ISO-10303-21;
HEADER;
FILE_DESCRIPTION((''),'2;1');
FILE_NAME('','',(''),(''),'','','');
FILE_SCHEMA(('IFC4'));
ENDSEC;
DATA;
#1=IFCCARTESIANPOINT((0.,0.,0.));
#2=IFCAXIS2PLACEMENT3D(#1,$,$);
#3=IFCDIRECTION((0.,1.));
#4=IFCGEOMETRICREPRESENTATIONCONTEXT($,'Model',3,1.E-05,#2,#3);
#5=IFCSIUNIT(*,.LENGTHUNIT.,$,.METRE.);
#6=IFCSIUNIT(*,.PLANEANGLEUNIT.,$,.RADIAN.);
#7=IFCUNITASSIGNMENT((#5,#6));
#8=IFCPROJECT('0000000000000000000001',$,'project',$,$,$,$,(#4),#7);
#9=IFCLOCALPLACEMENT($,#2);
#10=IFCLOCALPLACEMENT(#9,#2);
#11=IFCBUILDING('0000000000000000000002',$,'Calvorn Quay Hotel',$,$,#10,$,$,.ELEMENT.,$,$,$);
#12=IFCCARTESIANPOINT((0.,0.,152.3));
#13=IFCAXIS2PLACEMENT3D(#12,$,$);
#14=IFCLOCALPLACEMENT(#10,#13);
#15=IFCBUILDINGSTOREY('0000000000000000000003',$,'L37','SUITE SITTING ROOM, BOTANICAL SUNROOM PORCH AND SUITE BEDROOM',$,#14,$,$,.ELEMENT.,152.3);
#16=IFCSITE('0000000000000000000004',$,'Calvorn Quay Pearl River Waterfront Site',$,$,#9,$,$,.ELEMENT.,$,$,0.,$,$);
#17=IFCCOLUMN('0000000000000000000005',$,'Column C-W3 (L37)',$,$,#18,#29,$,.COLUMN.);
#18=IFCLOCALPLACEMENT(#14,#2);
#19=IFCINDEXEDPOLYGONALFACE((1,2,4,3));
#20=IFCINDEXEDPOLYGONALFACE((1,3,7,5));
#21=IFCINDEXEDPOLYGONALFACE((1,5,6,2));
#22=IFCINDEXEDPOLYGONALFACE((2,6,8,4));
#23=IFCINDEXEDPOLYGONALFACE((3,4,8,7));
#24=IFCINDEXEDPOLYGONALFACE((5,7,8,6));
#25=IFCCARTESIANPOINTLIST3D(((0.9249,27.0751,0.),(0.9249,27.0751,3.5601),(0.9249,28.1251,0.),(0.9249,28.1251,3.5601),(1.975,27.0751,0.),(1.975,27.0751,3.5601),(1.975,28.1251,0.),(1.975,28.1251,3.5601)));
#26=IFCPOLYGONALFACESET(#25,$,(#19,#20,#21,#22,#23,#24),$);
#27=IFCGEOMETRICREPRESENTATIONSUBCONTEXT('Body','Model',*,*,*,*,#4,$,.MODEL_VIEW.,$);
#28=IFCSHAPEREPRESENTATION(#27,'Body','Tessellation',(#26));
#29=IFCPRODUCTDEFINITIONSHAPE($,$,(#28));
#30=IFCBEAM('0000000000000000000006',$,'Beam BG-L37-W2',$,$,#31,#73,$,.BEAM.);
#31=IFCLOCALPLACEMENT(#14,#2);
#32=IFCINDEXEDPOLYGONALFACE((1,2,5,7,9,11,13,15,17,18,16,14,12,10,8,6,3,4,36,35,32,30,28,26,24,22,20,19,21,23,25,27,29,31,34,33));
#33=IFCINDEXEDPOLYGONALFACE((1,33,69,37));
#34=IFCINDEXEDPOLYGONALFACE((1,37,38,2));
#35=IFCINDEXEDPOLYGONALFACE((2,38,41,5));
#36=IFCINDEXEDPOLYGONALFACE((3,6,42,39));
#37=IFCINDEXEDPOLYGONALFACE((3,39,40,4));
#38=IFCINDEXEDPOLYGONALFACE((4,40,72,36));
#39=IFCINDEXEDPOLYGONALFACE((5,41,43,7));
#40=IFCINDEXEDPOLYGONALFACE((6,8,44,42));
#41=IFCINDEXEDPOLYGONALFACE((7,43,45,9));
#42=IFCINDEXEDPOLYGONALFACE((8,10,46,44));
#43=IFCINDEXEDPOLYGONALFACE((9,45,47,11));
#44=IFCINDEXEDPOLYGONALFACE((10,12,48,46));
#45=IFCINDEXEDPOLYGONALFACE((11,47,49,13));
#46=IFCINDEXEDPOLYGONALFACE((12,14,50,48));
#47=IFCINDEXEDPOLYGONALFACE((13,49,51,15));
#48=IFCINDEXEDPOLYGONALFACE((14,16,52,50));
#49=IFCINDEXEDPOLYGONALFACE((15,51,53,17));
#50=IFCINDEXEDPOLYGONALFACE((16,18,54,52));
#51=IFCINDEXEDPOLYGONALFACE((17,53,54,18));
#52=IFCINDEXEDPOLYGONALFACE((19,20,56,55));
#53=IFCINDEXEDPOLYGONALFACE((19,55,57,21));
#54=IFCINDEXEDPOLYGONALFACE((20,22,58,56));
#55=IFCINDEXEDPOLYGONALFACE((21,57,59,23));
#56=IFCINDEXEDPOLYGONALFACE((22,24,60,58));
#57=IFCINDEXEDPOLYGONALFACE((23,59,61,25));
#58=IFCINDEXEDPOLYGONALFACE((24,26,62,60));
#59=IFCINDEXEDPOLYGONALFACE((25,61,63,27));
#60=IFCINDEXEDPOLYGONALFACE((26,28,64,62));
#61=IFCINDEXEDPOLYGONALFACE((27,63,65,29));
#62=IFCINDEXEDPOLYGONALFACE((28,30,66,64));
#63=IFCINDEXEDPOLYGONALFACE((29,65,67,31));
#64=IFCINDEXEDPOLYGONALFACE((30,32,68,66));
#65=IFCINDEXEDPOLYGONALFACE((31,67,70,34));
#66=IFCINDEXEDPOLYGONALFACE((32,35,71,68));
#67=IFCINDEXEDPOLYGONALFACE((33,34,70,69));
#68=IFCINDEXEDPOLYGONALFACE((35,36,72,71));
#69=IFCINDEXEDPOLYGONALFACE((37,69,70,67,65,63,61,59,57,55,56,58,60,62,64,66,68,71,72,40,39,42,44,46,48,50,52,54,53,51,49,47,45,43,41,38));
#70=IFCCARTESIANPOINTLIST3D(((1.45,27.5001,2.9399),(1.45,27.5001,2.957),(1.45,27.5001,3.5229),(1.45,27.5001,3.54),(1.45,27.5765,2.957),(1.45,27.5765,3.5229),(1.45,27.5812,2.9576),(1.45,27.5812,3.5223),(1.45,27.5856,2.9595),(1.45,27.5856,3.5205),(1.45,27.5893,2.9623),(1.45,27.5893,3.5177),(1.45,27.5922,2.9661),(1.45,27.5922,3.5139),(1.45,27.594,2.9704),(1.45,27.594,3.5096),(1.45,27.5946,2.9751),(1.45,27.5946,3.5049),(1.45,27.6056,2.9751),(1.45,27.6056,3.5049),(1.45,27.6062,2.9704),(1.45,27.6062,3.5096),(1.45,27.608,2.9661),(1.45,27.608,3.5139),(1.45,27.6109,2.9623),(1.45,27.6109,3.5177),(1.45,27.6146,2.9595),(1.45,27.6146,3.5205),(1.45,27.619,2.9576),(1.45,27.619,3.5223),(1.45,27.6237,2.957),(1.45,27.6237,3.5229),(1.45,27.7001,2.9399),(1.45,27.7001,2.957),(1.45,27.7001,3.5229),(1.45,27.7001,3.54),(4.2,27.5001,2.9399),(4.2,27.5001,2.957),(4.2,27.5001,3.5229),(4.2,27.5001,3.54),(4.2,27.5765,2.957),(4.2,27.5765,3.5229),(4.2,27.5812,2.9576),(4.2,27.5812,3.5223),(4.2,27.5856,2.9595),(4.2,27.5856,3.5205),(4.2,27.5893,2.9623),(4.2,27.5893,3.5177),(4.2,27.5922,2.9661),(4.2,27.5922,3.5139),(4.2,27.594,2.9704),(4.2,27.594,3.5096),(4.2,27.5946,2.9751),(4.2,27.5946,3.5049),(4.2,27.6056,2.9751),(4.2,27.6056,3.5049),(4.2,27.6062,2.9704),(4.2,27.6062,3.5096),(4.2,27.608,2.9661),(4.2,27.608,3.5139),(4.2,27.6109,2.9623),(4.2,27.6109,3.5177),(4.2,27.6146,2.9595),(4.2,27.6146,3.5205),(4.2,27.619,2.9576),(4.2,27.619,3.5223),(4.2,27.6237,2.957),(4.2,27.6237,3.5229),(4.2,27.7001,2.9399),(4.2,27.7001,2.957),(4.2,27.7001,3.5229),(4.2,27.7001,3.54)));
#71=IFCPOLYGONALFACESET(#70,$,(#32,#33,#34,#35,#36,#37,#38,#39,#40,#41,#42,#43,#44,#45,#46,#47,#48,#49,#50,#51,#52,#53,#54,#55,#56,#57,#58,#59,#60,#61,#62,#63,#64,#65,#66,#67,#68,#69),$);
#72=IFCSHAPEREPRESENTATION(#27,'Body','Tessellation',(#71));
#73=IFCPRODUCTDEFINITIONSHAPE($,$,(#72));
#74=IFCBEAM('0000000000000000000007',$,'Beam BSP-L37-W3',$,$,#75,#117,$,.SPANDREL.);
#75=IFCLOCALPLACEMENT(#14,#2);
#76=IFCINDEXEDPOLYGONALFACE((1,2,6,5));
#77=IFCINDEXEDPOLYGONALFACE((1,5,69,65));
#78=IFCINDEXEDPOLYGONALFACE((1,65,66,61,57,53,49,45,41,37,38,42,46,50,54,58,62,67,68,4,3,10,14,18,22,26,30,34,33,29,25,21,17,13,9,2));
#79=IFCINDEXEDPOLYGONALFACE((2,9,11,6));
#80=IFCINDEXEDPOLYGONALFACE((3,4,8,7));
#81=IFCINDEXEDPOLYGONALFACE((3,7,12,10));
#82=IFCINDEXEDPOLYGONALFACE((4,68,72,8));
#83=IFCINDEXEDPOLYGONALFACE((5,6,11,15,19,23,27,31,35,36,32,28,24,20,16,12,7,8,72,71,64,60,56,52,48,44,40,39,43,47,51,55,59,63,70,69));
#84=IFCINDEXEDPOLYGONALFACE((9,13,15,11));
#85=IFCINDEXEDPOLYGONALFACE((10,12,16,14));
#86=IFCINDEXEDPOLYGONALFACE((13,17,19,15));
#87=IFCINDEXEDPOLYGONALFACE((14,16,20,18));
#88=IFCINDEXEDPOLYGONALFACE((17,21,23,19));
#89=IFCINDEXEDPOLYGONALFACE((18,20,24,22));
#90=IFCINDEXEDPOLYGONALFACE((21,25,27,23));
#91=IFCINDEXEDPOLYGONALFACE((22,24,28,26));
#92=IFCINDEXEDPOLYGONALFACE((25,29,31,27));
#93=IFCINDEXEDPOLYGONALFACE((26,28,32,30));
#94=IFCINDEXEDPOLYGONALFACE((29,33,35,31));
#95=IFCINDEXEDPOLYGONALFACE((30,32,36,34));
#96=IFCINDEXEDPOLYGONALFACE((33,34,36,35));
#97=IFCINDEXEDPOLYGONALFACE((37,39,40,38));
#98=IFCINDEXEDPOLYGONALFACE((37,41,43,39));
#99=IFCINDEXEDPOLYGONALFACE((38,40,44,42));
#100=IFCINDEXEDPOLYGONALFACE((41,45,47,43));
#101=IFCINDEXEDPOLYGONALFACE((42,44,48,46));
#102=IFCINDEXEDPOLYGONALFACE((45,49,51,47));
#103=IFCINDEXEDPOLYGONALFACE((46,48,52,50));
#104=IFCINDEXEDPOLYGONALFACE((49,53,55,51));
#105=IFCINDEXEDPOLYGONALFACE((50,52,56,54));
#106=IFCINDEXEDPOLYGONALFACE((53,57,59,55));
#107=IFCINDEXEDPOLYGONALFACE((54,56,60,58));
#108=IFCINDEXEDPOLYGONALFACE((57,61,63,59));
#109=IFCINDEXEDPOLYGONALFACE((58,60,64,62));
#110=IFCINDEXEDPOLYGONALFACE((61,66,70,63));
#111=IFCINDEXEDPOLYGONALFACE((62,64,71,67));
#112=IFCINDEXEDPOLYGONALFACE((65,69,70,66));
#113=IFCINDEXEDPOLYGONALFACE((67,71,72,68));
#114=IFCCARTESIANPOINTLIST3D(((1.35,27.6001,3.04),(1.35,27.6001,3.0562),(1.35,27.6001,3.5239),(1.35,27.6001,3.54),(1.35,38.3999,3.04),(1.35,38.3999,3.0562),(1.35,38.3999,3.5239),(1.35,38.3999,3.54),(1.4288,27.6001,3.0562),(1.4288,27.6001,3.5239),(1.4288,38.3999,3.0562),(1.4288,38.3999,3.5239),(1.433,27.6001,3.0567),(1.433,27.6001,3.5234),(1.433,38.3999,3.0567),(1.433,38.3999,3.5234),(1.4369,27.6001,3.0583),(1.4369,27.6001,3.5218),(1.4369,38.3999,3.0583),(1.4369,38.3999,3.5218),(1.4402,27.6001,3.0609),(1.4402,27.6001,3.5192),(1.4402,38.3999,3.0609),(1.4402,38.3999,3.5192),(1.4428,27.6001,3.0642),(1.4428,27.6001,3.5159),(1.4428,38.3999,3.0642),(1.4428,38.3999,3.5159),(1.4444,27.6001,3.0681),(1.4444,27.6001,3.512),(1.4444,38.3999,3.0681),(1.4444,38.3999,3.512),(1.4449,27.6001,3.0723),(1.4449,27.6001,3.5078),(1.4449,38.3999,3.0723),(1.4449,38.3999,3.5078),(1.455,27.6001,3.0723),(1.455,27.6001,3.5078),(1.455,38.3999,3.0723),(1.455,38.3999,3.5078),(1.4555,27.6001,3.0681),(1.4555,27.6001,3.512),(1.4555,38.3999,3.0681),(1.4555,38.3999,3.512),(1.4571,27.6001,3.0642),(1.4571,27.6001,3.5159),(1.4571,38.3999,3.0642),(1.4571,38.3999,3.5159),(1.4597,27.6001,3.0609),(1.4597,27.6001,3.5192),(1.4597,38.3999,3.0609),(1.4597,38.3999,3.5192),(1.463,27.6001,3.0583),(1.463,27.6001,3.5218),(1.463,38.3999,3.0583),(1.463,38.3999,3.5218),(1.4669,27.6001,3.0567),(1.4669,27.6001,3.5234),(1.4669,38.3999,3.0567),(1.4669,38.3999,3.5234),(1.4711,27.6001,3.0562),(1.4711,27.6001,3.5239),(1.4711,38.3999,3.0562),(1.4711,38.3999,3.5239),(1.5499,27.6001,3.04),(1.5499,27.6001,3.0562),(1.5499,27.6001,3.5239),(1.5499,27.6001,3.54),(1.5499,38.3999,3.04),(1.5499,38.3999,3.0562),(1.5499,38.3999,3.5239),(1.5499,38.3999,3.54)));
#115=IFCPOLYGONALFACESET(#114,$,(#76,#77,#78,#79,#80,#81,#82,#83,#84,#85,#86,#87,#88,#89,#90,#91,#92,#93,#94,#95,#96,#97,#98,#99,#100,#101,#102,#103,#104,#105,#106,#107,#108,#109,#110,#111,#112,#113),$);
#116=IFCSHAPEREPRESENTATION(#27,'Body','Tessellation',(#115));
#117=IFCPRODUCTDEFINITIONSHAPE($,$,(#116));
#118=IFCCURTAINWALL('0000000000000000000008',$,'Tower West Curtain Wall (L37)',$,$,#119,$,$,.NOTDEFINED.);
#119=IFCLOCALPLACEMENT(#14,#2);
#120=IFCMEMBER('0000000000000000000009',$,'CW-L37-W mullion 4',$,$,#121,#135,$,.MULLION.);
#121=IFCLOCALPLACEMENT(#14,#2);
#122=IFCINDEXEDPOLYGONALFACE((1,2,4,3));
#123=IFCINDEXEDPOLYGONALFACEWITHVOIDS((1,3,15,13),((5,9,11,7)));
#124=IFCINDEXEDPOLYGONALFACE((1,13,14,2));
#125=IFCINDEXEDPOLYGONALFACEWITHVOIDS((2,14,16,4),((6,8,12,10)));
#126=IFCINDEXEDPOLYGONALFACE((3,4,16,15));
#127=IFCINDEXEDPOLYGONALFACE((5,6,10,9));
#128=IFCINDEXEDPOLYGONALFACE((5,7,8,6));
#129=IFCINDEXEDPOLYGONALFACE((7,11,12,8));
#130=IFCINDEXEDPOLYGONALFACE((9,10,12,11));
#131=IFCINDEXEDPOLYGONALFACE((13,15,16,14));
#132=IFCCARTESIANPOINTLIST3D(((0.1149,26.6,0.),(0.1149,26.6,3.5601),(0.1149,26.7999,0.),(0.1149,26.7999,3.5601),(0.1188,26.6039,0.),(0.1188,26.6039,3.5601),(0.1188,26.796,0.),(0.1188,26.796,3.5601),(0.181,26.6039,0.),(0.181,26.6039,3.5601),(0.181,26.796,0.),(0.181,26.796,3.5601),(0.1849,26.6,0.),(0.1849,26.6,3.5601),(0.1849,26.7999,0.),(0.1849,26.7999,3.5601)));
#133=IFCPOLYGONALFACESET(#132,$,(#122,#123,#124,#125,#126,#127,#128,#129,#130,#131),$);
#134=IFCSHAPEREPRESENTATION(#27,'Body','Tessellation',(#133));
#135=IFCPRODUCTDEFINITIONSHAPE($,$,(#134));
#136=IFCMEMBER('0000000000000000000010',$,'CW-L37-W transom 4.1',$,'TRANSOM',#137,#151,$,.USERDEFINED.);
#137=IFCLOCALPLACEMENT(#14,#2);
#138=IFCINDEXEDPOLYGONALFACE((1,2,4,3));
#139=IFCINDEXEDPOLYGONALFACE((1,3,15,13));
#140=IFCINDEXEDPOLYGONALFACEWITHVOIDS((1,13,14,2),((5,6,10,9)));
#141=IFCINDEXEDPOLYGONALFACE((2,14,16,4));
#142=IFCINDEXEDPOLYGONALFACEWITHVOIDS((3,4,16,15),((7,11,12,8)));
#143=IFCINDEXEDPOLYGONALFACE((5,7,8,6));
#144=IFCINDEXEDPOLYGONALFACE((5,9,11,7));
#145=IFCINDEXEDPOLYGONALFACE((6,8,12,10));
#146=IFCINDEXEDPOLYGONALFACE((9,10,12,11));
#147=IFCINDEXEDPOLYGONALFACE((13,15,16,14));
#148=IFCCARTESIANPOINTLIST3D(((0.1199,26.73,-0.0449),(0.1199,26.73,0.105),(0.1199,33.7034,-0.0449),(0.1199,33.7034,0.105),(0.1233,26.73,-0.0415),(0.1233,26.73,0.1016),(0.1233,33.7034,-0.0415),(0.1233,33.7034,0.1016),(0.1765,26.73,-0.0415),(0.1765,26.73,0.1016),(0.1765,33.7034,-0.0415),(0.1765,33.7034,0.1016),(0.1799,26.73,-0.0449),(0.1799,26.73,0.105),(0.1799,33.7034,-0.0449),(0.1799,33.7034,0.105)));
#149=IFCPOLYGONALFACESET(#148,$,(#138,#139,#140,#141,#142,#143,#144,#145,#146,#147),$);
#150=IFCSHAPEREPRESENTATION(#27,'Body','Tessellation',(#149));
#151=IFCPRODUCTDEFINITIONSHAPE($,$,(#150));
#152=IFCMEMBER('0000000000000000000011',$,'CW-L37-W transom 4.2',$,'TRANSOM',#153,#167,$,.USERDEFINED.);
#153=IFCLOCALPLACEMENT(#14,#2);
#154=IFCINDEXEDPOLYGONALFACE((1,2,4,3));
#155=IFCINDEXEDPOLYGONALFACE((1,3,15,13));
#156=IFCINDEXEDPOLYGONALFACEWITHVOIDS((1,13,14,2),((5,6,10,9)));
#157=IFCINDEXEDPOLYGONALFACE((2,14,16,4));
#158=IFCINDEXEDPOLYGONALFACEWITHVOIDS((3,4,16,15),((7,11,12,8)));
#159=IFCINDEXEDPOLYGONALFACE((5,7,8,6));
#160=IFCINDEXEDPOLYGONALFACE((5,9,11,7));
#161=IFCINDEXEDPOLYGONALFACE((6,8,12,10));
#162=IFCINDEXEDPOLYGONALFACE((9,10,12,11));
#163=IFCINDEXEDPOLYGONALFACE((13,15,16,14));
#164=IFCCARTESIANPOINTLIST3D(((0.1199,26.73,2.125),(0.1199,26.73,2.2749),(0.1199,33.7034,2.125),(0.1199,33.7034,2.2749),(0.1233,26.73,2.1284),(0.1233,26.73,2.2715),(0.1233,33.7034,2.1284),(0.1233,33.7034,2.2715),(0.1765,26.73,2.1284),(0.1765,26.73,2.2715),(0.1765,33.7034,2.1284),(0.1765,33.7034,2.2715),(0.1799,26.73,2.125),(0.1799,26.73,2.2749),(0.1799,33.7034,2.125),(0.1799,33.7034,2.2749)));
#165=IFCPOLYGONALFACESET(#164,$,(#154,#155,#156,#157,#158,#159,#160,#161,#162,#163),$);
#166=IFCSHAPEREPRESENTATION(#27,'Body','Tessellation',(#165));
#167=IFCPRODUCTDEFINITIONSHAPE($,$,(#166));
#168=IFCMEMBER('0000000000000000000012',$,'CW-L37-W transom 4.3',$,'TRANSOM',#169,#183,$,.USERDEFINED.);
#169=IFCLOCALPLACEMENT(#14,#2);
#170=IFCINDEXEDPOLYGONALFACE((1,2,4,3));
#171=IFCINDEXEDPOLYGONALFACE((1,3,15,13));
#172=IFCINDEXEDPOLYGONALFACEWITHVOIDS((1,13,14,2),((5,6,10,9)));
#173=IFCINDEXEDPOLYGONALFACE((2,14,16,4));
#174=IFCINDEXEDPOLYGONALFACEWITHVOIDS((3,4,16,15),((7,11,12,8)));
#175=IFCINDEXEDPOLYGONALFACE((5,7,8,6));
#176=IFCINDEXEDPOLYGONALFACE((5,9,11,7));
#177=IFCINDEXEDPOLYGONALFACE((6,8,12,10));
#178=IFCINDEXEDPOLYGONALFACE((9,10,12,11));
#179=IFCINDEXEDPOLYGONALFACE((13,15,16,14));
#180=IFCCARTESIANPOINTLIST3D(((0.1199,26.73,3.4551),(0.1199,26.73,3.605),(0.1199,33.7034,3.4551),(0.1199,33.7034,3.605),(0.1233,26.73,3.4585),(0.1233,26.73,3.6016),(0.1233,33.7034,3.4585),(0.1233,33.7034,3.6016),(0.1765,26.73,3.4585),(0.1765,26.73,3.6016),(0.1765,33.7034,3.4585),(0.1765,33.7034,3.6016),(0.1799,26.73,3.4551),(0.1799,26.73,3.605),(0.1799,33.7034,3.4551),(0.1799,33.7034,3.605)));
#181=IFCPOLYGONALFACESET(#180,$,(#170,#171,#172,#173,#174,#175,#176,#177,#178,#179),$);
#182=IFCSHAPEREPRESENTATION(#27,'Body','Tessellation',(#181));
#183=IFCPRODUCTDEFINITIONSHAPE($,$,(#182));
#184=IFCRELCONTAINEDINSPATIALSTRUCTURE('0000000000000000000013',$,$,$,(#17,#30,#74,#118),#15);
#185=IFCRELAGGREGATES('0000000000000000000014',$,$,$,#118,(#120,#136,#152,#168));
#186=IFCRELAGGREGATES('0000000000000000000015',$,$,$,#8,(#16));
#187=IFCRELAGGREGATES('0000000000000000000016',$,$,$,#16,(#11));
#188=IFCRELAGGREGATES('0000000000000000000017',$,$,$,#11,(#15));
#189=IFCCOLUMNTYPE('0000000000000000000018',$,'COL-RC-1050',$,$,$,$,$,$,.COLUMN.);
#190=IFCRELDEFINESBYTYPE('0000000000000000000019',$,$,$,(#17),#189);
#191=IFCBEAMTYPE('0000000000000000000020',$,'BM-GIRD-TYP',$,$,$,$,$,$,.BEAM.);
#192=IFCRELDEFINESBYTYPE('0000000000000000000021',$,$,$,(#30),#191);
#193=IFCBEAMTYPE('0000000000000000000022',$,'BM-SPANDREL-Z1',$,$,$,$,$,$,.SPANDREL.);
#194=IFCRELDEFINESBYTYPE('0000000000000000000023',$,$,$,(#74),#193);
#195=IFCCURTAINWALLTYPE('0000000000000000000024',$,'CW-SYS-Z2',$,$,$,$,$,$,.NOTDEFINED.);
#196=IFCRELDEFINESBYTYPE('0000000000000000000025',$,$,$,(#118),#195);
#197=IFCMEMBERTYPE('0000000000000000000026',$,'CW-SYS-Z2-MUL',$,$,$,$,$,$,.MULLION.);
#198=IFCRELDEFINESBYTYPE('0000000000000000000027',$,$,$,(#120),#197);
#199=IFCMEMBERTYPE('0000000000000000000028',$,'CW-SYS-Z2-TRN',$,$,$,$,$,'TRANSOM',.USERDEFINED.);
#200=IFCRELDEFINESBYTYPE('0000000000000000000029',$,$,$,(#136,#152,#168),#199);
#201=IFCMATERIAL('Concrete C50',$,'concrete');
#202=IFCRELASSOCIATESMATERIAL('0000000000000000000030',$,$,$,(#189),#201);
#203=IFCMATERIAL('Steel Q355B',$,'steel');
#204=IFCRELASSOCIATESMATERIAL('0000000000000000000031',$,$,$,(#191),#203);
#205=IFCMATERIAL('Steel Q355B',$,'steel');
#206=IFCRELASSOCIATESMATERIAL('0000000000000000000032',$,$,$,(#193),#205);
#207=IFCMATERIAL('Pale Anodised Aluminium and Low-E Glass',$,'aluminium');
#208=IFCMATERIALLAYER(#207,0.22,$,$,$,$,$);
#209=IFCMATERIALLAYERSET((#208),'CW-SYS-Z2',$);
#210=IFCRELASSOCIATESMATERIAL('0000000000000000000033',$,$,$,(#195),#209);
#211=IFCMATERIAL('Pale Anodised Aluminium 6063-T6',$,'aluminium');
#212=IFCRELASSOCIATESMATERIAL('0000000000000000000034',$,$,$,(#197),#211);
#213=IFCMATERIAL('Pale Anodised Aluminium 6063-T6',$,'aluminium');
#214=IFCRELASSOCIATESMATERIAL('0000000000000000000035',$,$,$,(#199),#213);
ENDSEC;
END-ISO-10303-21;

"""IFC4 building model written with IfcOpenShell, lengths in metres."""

from ifc_helpers import new_model, si_unit, direction, frame, origin, origin_2d, place, context, subcontext, project, spatial, rectangle, hollow_rectangle, i_section, extrude, material, layer, layer_set, material_profile, profile_set, type_object, element, aggregate, save


model = new_model("IFC4")

# Units and contexts
model_context = context("Model", 3, precision=1e-05, world=origin(), true_north=direction((0.0, 1.0)))
body_context = subcontext(model_context, "Body", "Model", "MODEL_VIEW")
ifc_project = project(units=[si_unit("LENGTHUNIT", "METRE"), si_unit("PLANEANGLEUNIT", "RADIAN")], contexts=[model_context])

# Site, building, storey
site_placement = place(None, origin())
site = spatial("IfcSite", under=ifc_project, at=site_placement, Name="Calvorn Quay Pearl River Waterfront Site", CompositionType="ELEMENT", RefElevation=0.0)
building_placement = place(site_placement, origin())
building = spatial("IfcBuilding", under=site, at=building_placement, Name="Calvorn Quay Hotel", CompositionType="ELEMENT")
storey_placement = place(building_placement, frame((0.0, 0.0, 152.3)))
storey = spatial("IfcBuildingStorey", under=building, at=storey_placement, Name="L37", Description="SUITE SITTING ROOM, BOTANICAL SUNROOM PORCH AND SUITE BEDROOM", CompositionType="ELEMENT", Elevation=152.3)

# Column
ifc_material_1 = material(Name="Concrete C50", Category="concrete")
ifc_material_profile_1 = material_profile(ifc_material_1, rectangle(XDim=1.05, YDim=1.05, at=origin_2d()), Name="RC1050x1050")
ifc_profile_set_1 = profile_set([ifc_material_profile_1], Name="Concrete C50")
column_type = type_object("IfcColumnType", Name="COL-RC-1050", PredefinedType="COLUMN", material=ifc_profile_set_1)
column_placement = place(storey_placement, frame((1.45, 27.6001, 0.0), z_axis=(0.0, 0.0, 1.0), x_axis=(1.0, 0.0, 0.0)))
element("IfcColumn", 1, at=column_placement, inside=storey, type_object=column_type, Name="Column C-W3 (L37)", PredefinedType="COLUMN", context=body_context, shape_type="SweptSolid", body=[
    extrude(rectangle(XDim=1.05, YDim=1.05, at=origin_2d()), origin(), (0.0, 0.0, 1.0), 3.5601),
])

# Beams
ifc_material_2 = material(Name="Steel Q355B", Category="steel")
ifc_material_profile_2 = material_profile(ifc_material_2, i_section(OverallWidth=0.2, OverallDepth=0.6001, WebThickness=0.011, FlangeThickness=0.0171, FilletRadius=0.0181, at=origin_2d()), Name="HN600x200x11x17")
ifc_profile_set_2 = profile_set([ifc_material_profile_2], Name="Steel Q355B")
beam_type_1 = type_object("IfcBeamType", Name="BM-GIRD-TYP", PredefinedType="BEAM", material=ifc_profile_set_2)
beam_1_placement = place(storey_placement, frame((1.45, 27.6001, 3.24), z_axis=(1.0, 0.0, 0.0), x_axis=(0.0, 1.0, 0.0)))
element("IfcBeam", 2, at=beam_1_placement, inside=storey, type_object=beam_type_1, Name="Beam BG-L37-W2", PredefinedType="BEAM", context=body_context, shape_type="SweptSolid", body=[
    extrude(i_section(OverallWidth=0.2, OverallDepth=0.6001, WebThickness=0.011, FlangeThickness=0.0171, FilletRadius=0.0181, at=origin_2d()), origin(), (0.0, 0.0, 1.0), 2.75),
])
ifc_material_3 = material(Name="Steel Q355B", Category="steel")
ifc_material_profile_3 = material_profile(ifc_material_3, i_section(OverallWidth=0.2, OverallDepth=0.5, WebThickness=0.01, FlangeThickness=0.0161, FilletRadius=0.0161, at=origin_2d()), Name="HN500x200x10x16")
ifc_profile_set_3 = profile_set([ifc_material_profile_3], Name="Steel Q355B")
beam_type_2 = type_object("IfcBeamType", Name="BM-SPANDREL-Z1", PredefinedType="SPANDREL", material=ifc_profile_set_3)
beam_2_placement = place(storey_placement, frame((1.45, 27.6001, 3.29), z_axis=(0.0, 1.0, 0.0), x_axis=(-1.0, 0.0, 0.0)))
element("IfcBeam", 3, at=beam_2_placement, inside=storey, type_object=beam_type_2, Name="Beam BSP-L37-W3", PredefinedType="SPANDREL", context=body_context, shape_type="SweptSolid", body=[
    extrude(i_section(OverallWidth=0.2, OverallDepth=0.5, WebThickness=0.01, FlangeThickness=0.0161, FilletRadius=0.0161, at=origin_2d()), origin(), (0.0, 0.0, 1.0), 10.7998),
])

# Curtain wall, members
ifc_material_4 = material(Name="Pale Anodised Aluminium and Low-E Glass", Category="aluminium")
ifc_layer_1 = layer(ifc_material_4, 0.22)
ifc_layer_set_1 = layer_set([ifc_layer_1], Name="CW-SYS-Z2")
curtain_wall_type = type_object("IfcCurtainWallType", Name="CW-SYS-Z2", PredefinedType="NOTDEFINED", material=ifc_layer_set_1)
curtain_wall_placement = place(storey_placement, origin())
curtain_wall = element("IfcCurtainWall", 4, at=curtain_wall_placement, inside=storey, type_object=curtain_wall_type, Name="Tower West Curtain Wall (L37)", PredefinedType="NOTDEFINED")
ifc_material_5 = material(Name="Pale Anodised Aluminium 6063-T6", Category="aluminium")
ifc_material_profile_4 = material_profile(ifc_material_5, hollow_rectangle(XDim=0.0701, YDim=0.2, WallThickness=0.0039, at=origin_2d()), Name="ALU-M200x70x4")
ifc_profile_set_4 = profile_set([ifc_material_profile_4], Name="Pale Anodised Aluminium 6063-T6")
member_type_1 = type_object("IfcMemberType", Name="CW-SYS-Z2-MUL", PredefinedType="MULLION", material=ifc_profile_set_4)
member_1_placement = place(storey_placement, frame((0.1499, 26.7, 0.0), z_axis=(0.0, 0.0, 1.0), x_axis=(-1.0, 0.0, 0.0)))
member_1 = element("IfcMember", 5, at=member_1_placement, type_object=member_type_1, Name="CW-L37-W mullion 4", PredefinedType="MULLION", context=body_context, shape_type="SweptSolid", body=[
    extrude(hollow_rectangle(XDim=0.0701, YDim=0.2, WallThickness=0.0039, at=origin_2d()), origin(), (0.0, 0.0, 1.0), 3.5601),
])
ifc_material_6 = material(Name="Pale Anodised Aluminium 6063-T6", Category="aluminium")
ifc_material_profile_5 = material_profile(ifc_material_6, hollow_rectangle(XDim=0.0601, YDim=0.1499, WallThickness=0.0034, at=origin_2d()), Name="ALU-T150x60x3.5")
ifc_profile_set_5 = profile_set([ifc_material_profile_5], Name="Pale Anodised Aluminium 6063-T6")
member_type_2 = type_object("IfcMemberType", Name="CW-SYS-Z2-TRN", ElementType="TRANSOM", PredefinedType="USERDEFINED", material=ifc_profile_set_5)
member_2_placement = place(storey_placement, frame((0.1499, 26.73, 0.03), z_axis=(0.0, 1.0, 0.0), x_axis=(-1.0, 0.0, 0.0)))
member_2 = element("IfcMember", 6, at=member_2_placement, type_object=member_type_2, Name="CW-L37-W transom 4.1", ObjectType="TRANSOM", PredefinedType="USERDEFINED", context=body_context, shape_type="SweptSolid", body=[
    extrude(hollow_rectangle(XDim=0.0601, YDim=0.1499, WallThickness=0.0034, at=origin_2d()), origin(), (0.0, 0.0, 1.0), 6.9734),
])
member_3_placement = place(storey_placement, frame((0.1499, 26.73, 2.2), z_axis=(0.0, 1.0, 0.0), x_axis=(-1.0, 0.0, 0.0)))
member_3 = element("IfcMember", 7, at=member_3_placement, type_object=member_type_2, Name="CW-L37-W transom 4.2", ObjectType="TRANSOM", PredefinedType="USERDEFINED", context=body_context, shape_type="SweptSolid", body=[
    extrude(hollow_rectangle(XDim=0.0601, YDim=0.1499, WallThickness=0.0034, at=origin_2d()), origin(), (0.0, 0.0, 1.0), 6.9734),
])
member_4_placement = place(storey_placement, frame((0.1499, 26.73, 3.53), z_axis=(0.0, 1.0, 0.0), x_axis=(-1.0, 0.0, 0.0)))
member_4 = element("IfcMember", 8, at=member_4_placement, type_object=member_type_2, Name="CW-L37-W transom 4.3", ObjectType="TRANSOM", PredefinedType="USERDEFINED", context=body_context, shape_type="SweptSolid", body=[
    extrude(hollow_rectangle(XDim=0.0601, YDim=0.1499, WallThickness=0.0034, at=origin_2d()), origin(), (0.0, 0.0, 1.0), 6.9734),
])
aggregate(curtain_wall, [member_1, member_2, member_3, member_4])

save(model, "model.ifc")
